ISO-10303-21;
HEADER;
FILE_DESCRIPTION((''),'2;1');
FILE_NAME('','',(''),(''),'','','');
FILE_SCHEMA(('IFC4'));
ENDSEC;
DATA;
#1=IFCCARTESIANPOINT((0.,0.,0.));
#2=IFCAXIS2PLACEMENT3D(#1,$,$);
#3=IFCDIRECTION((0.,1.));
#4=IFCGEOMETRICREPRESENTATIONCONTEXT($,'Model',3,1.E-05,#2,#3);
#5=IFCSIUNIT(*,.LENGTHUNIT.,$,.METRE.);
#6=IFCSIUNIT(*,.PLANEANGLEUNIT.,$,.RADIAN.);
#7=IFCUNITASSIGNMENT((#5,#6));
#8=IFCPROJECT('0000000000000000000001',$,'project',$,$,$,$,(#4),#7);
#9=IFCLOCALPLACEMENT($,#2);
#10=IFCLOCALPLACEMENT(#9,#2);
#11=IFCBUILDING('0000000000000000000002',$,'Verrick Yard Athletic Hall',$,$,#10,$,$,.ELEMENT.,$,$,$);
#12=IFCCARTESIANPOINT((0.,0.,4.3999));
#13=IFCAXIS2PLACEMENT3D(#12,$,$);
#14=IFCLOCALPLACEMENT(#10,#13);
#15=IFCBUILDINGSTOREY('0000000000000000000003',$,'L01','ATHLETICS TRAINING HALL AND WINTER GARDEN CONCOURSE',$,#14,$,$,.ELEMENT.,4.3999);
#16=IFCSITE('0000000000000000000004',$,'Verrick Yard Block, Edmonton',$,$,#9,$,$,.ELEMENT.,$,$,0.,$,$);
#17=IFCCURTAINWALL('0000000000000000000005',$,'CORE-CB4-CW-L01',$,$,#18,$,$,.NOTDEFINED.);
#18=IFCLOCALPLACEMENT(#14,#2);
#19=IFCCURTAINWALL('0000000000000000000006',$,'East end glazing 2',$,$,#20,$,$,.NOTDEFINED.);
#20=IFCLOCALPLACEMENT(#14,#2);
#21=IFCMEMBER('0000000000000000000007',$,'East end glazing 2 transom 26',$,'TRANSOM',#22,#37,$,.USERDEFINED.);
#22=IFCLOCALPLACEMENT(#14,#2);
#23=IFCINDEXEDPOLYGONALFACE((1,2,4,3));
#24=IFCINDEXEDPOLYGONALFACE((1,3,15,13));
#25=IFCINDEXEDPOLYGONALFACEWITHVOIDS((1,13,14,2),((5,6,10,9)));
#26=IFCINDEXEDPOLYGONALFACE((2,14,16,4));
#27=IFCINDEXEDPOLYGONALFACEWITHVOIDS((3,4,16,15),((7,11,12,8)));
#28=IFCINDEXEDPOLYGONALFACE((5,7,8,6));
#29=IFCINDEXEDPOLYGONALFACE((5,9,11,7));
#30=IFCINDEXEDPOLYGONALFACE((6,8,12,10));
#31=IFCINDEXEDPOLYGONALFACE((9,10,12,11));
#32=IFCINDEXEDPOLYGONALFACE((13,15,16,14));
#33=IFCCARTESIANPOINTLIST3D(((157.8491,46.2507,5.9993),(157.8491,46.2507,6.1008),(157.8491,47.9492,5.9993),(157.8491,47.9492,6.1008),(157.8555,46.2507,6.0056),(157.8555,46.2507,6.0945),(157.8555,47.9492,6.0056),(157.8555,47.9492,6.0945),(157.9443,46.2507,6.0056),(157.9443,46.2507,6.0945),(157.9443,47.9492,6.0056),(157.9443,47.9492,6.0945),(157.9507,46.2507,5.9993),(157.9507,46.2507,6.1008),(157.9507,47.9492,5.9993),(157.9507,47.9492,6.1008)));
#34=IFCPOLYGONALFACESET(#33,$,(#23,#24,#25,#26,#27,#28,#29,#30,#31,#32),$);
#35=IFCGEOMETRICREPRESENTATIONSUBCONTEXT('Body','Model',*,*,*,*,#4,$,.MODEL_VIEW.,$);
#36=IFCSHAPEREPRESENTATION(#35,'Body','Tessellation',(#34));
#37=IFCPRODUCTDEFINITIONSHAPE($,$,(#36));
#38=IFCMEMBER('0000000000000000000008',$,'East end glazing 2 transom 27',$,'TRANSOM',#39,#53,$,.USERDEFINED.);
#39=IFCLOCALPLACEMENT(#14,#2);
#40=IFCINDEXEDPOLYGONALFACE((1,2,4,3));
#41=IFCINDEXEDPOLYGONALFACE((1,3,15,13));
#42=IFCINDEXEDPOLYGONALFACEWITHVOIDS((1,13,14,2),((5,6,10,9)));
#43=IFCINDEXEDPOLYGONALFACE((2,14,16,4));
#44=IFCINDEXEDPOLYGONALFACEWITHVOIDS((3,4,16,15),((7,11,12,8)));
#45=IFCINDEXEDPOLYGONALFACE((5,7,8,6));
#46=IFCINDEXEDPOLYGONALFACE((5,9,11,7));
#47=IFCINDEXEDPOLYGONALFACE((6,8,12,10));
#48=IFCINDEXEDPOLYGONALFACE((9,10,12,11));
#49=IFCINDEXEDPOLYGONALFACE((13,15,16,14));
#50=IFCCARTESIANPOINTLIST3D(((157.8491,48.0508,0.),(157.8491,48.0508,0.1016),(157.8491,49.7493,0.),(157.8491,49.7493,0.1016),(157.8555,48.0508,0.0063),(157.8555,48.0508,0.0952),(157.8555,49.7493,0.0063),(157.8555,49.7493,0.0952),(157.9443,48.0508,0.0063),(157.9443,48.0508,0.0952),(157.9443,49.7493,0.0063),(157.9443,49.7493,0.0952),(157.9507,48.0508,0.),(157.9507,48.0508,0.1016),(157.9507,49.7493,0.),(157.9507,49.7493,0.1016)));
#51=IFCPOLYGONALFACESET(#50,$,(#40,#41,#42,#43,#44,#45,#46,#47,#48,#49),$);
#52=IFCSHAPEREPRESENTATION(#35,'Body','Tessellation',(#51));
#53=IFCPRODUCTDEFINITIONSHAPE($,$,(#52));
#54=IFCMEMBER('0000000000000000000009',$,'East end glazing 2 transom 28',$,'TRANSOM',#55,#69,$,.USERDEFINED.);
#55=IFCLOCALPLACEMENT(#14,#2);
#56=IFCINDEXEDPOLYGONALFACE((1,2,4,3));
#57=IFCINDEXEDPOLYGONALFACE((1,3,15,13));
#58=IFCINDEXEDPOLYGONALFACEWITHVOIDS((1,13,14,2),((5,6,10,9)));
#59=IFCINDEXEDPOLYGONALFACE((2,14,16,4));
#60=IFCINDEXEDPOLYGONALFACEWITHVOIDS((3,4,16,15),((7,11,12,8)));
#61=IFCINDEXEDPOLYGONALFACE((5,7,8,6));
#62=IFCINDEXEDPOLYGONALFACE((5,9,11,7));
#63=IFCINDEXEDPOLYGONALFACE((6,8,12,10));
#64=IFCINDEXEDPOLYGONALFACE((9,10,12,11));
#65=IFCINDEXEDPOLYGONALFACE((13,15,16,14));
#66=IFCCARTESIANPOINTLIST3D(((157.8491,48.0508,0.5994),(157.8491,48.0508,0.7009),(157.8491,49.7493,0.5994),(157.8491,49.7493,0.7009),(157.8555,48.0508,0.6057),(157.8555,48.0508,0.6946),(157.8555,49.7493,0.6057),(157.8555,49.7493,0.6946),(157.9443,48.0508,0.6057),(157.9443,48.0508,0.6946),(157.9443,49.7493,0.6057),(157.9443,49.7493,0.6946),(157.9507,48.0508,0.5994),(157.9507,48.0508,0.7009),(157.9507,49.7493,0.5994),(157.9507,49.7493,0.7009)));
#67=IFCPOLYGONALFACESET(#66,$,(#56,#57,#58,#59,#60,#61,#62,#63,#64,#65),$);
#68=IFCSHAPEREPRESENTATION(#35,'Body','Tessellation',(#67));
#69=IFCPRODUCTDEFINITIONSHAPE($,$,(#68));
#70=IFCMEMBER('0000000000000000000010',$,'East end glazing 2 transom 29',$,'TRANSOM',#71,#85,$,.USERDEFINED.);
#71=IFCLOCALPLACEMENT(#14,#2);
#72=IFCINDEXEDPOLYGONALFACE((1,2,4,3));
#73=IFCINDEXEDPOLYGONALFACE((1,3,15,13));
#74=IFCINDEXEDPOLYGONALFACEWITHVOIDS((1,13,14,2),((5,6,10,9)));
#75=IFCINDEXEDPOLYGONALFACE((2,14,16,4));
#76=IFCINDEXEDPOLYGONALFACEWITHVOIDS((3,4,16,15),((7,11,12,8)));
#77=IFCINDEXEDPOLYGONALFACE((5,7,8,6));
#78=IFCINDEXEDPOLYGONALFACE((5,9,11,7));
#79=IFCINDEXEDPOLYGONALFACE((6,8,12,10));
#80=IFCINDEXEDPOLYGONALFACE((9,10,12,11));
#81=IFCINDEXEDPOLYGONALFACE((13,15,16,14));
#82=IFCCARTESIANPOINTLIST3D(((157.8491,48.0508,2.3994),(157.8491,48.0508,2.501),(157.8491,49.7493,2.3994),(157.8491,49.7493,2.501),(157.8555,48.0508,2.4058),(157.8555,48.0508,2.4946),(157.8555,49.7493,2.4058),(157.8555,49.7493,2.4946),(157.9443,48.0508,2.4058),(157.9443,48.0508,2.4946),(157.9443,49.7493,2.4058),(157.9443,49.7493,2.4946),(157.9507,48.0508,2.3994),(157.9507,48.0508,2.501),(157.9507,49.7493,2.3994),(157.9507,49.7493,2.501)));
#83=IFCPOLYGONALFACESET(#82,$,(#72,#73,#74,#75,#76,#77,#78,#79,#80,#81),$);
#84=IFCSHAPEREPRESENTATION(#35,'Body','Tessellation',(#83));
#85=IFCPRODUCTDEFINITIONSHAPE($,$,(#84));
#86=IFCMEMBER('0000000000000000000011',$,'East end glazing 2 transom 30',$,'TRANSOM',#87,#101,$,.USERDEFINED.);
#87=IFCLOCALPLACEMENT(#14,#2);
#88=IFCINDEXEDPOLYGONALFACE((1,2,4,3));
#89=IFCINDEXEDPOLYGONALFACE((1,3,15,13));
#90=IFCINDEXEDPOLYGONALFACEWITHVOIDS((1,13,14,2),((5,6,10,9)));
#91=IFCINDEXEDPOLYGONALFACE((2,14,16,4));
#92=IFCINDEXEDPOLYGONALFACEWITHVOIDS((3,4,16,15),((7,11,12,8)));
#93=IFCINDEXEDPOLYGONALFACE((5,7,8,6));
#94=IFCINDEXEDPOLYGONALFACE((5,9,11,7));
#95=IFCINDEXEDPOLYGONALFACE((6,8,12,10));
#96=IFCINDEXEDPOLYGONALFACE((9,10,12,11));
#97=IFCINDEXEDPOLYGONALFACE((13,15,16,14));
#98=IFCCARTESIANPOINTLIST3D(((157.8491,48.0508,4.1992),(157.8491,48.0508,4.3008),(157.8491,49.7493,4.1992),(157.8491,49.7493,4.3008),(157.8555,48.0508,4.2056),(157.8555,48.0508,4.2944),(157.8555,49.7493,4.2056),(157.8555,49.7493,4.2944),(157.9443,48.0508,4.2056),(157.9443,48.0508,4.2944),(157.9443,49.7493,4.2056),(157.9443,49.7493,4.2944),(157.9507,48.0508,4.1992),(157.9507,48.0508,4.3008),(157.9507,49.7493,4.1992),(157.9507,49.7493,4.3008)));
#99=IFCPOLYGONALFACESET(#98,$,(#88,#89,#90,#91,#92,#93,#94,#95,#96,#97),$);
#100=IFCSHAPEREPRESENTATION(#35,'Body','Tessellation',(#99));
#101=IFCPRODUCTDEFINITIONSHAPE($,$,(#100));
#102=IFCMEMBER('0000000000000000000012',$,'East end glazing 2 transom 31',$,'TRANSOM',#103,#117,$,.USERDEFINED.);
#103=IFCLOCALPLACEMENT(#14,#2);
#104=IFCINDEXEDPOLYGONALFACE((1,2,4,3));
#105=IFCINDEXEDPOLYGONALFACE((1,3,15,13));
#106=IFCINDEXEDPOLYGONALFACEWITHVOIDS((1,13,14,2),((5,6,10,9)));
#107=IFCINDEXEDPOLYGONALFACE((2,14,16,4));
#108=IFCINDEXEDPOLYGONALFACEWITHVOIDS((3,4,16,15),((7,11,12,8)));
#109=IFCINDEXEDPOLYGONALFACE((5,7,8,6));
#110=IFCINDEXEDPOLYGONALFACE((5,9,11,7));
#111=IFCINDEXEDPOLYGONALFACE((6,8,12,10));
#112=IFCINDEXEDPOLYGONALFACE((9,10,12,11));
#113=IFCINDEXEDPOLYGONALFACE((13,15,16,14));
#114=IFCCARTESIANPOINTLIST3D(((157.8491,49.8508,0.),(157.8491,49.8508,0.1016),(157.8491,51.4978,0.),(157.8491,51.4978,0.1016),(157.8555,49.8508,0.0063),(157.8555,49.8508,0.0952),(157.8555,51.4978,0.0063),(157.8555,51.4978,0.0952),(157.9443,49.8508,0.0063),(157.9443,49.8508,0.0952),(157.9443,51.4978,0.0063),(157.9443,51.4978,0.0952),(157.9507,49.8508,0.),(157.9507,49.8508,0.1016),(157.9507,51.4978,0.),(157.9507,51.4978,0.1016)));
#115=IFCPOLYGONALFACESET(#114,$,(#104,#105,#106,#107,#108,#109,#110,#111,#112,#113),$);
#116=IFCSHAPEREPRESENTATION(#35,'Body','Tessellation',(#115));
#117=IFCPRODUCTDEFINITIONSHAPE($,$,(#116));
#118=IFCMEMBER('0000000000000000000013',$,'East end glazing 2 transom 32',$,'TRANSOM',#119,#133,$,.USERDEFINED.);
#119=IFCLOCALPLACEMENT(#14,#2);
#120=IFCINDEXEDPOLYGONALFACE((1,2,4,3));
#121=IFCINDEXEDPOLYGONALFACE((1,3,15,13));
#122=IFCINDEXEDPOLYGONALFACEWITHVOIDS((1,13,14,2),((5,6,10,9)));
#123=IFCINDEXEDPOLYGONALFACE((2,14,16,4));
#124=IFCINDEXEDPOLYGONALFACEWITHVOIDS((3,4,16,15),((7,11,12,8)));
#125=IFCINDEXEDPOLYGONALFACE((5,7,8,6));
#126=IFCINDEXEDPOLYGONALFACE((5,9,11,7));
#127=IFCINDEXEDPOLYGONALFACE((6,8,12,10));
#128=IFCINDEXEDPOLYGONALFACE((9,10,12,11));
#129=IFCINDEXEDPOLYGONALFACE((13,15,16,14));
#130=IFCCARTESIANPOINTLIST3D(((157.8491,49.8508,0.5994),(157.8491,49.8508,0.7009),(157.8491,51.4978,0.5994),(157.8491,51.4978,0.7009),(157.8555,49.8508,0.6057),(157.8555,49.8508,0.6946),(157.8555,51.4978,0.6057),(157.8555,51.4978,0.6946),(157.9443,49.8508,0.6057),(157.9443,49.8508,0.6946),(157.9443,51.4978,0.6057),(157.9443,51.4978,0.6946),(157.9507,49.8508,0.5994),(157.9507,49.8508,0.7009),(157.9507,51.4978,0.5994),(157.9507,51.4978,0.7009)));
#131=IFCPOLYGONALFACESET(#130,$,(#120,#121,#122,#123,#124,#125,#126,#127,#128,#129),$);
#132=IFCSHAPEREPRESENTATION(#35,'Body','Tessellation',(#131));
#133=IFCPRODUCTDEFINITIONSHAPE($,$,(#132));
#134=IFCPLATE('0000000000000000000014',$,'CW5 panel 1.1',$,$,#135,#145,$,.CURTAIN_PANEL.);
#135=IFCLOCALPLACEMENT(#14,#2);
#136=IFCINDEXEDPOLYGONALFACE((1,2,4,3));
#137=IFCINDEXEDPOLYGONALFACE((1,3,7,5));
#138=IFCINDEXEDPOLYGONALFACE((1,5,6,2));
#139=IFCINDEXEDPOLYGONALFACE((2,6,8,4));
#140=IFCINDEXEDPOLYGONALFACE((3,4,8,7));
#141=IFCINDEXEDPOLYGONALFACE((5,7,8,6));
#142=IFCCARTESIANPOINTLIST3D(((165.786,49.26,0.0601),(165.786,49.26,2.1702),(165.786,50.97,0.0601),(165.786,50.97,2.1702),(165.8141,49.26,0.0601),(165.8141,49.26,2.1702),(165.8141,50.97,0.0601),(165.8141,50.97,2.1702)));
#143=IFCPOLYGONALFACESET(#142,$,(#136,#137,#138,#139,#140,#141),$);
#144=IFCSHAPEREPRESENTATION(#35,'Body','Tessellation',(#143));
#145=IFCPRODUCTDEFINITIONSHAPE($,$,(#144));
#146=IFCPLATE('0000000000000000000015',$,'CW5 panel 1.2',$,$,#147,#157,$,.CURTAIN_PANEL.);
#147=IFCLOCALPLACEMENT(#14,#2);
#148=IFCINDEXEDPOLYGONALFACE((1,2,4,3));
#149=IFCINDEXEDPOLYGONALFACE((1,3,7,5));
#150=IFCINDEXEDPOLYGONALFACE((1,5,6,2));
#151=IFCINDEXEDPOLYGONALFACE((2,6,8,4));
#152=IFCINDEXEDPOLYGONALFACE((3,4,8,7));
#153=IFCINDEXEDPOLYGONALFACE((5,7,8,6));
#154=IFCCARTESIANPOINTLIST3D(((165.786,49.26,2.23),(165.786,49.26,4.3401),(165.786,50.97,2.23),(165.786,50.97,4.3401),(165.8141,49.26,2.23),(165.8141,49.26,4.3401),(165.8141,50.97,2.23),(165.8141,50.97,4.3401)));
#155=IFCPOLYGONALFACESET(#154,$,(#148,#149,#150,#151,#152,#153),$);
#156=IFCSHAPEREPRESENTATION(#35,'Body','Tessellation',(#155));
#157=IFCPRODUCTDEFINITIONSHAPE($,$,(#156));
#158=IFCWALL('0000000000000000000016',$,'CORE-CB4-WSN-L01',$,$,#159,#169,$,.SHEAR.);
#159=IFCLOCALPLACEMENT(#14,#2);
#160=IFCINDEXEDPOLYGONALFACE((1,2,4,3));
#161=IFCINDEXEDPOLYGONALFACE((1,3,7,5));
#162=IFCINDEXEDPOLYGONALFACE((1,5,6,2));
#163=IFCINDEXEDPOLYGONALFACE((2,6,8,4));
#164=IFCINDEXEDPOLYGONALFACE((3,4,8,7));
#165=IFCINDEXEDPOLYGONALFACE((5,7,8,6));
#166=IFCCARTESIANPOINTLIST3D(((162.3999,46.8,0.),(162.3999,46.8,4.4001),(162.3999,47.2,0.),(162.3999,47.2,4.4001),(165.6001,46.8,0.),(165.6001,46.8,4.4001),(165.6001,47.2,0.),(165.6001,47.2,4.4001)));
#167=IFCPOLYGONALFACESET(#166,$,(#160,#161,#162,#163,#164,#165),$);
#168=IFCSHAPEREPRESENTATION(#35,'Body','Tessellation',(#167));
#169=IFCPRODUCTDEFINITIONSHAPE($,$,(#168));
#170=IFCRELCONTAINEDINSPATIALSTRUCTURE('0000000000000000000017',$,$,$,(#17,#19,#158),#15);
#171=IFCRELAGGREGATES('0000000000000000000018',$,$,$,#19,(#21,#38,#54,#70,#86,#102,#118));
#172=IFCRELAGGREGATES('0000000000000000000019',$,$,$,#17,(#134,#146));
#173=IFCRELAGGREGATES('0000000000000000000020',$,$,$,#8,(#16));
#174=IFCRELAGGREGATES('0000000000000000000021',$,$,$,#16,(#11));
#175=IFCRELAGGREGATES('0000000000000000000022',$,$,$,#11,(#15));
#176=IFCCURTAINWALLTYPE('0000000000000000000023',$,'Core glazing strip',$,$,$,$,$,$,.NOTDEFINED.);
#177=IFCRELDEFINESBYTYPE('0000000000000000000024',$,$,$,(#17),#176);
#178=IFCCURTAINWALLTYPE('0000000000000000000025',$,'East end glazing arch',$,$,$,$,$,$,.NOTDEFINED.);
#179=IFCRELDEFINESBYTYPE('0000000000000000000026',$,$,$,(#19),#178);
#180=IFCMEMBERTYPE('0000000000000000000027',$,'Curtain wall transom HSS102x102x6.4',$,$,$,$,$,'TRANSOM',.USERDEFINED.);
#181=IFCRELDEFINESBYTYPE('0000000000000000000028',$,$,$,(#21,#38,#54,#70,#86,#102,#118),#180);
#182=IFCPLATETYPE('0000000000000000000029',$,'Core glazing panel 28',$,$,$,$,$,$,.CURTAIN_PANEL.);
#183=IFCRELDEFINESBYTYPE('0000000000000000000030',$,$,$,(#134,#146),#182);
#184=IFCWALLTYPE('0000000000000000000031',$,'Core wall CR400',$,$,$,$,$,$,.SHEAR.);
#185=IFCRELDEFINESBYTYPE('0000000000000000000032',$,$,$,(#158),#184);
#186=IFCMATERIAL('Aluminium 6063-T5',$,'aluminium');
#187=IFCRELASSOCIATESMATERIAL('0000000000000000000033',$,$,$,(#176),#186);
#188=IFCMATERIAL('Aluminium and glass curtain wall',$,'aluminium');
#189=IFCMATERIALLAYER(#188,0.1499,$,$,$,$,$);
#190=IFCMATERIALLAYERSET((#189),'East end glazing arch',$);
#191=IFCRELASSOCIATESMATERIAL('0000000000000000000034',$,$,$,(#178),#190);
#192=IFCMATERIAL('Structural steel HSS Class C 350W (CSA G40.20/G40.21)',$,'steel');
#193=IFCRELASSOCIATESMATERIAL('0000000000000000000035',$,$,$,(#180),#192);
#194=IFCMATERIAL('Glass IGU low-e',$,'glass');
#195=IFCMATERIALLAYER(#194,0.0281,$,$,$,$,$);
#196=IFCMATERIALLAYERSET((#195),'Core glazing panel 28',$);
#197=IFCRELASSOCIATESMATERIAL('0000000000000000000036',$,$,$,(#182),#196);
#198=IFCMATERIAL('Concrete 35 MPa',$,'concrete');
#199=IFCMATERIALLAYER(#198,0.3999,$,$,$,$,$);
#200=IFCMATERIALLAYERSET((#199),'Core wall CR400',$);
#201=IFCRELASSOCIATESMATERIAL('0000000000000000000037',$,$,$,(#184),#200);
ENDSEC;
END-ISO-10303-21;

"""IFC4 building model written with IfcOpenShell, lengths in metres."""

from ifc_helpers import new_model, si_unit, direction, frame, frame_2d, origin, origin_2d, place, context, subcontext, project, spatial, rectangle, hollow_rectangle, extrude, material, layer, layer_set, material_profile, profile_set, type_object, element, aggregate, save


model = new_model("IFC4")

# Units and contexts
model_context = context("Model", 3, precision=1e-05, world=origin(), true_north=direction((0.0, 1.0)))
body_context = subcontext(model_context, "Body", "Model", "MODEL_VIEW")
ifc_project = project(units=[si_unit("LENGTHUNIT", "METRE"), si_unit("PLANEANGLEUNIT", "RADIAN")], contexts=[model_context])

# Site, building, storey
site_placement = place(None, origin())
site = spatial("IfcSite", under=ifc_project, at=site_placement, Name="Verrick Yard Block, Edmonton", CompositionType="ELEMENT", RefElevation=0.0)
building_placement = place(site_placement, origin())
building = spatial("IfcBuilding", under=site, at=building_placement, Name="Verrick Yard Athletic Hall", CompositionType="ELEMENT")
storey_placement = place(building_placement, frame((0.0, 0.0, 4.3999)))
storey = spatial("IfcBuildingStorey", under=building, at=storey_placement, Name="L01", Description="ATHLETICS TRAINING HALL AND WINTER GARDEN CONCOURSE", CompositionType="ELEMENT", Elevation=4.3999)

# Curtain walls, members
ifc_material_1 = material(Name="Aluminium 6063-T5", Category="aluminium")
curtain_wall_type_1 = type_object("IfcCurtainWallType", Name="Core glazing strip", PredefinedType="NOTDEFINED", material=ifc_material_1)
curtain_wall_1_placement = place(storey_placement, origin())
curtain_wall_1 = element("IfcCurtainWall", 1, at=curtain_wall_1_placement, inside=storey, type_object=curtain_wall_type_1, Name="CORE-CB4-CW-L01", PredefinedType="NOTDEFINED")
ifc_material_2 = material(Name="Aluminium and glass curtain wall", Category="aluminium")
ifc_layer_1 = layer(ifc_material_2, 0.1499)
ifc_layer_set_1 = layer_set([ifc_layer_1], Name="East end glazing arch")
curtain_wall_type_2 = type_object("IfcCurtainWallType", Name="East end glazing arch", PredefinedType="NOTDEFINED", material=ifc_layer_set_1)
curtain_wall_2_placement = place(storey_placement, origin())
curtain_wall_2 = element("IfcCurtainWall", 2, at=curtain_wall_2_placement, inside=storey, type_object=curtain_wall_type_2, Name="East end glazing 2", PredefinedType="NOTDEFINED")
ifc_material_3 = material(Name="Structural steel HSS Class C 350W (CSA G40.20/G40.21)", Category="steel")
ifc_material_profile_1 = material_profile(ifc_material_3, hollow_rectangle(XDim=0.1016, YDim=0.1016, WallThickness=0.0063, at=origin_2d()), Name="HSS102x102x6.4")
ifc_profile_set_1 = profile_set([ifc_material_profile_1], Name="Structural steel HSS Class C 350W (CSA G40.20/G40.21)")
member_type_1 = type_object("IfcMemberType", Name="Curtain wall transom HSS102x102x6.4", ElementType="TRANSOM", PredefinedType="USERDEFINED", material=ifc_profile_set_1)
member_1_placement = place(storey_placement, frame((157.8999, 46.2507, 6.05), z_axis=(0.0, 1.0, 0.0), x_axis=(-1.0, 0.0, 0.0)))
member_1 = element("IfcMember", 3, at=member_1_placement, type_object=member_type_1, Name="East end glazing 2 transom 26", ObjectType="TRANSOM", PredefinedType="USERDEFINED", context=body_context, shape_type="SweptSolid", body=[
    extrude(hollow_rectangle(XDim=0.1016, YDim=0.1016, WallThickness=0.0063, at=origin_2d()), origin(), (0.0, 0.0, 1.0), 1.6985),
])
member_2_placement = place(storey_placement, frame((157.8999, 48.0508, 0.0508), z_axis=(0.0, 1.0, 0.0), x_axis=(-1.0, 0.0, 0.0)))
member_2 = element("IfcMember", 4, at=member_2_placement, type_object=member_type_1, Name="East end glazing 2 transom 27", ObjectType="TRANSOM", PredefinedType="USERDEFINED", context=body_context, shape_type="SweptSolid", body=[
    extrude(hollow_rectangle(XDim=0.1016, YDim=0.1016, WallThickness=0.0063, at=origin_2d()), origin(), (0.0, 0.0, 1.0), 1.6985),
])
member_3_placement = place(storey_placement, frame((157.8999, 48.0508, 0.6501), z_axis=(0.0, 1.0, 0.0), x_axis=(-1.0, 0.0, 0.0)))
member_3 = element("IfcMember", 5, at=member_3_placement, type_object=member_type_1, Name="East end glazing 2 transom 28", ObjectType="TRANSOM", PredefinedType="USERDEFINED", context=body_context, shape_type="SweptSolid", body=[
    extrude(hollow_rectangle(XDim=0.1016, YDim=0.1016, WallThickness=0.0063, at=origin_2d()), origin(), (0.0, 0.0, 1.0), 1.6985),
])
member_4_placement = place(storey_placement, frame((157.8999, 48.0508, 2.4502), z_axis=(0.0, 1.0, 0.0), x_axis=(-1.0, 0.0, 0.0)))
member_4 = element("IfcMember", 6, at=member_4_placement, type_object=member_type_1, Name="East end glazing 2 transom 29", ObjectType="TRANSOM", PredefinedType="USERDEFINED", context=body_context, shape_type="SweptSolid", body=[
    extrude(hollow_rectangle(XDim=0.1016, YDim=0.1016, WallThickness=0.0063, at=origin_2d()), origin(), (0.0, 0.0, 1.0), 1.6985),
])
member_5_placement = place(storey_placement, frame((157.8999, 48.0508, 4.25), z_axis=(0.0, 1.0, 0.0), x_axis=(-1.0, 0.0, 0.0)))
member_5 = element("IfcMember", 7, at=member_5_placement, type_object=member_type_1, Name="East end glazing 2 transom 30", ObjectType="TRANSOM", PredefinedType="USERDEFINED", context=body_context, shape_type="SweptSolid", body=[
    extrude(hollow_rectangle(XDim=0.1016, YDim=0.1016, WallThickness=0.0063, at=origin_2d()), origin(), (0.0, 0.0, 1.0), 1.6985),
])
member_6_placement = place(storey_placement, frame((157.8999, 49.8508, 0.0508), z_axis=(0.0, 1.0, 0.0), x_axis=(-1.0, 0.0, 0.0)))
member_6 = element("IfcMember", 8, at=member_6_placement, type_object=member_type_1, Name="East end glazing 2 transom 31", ObjectType="TRANSOM", PredefinedType="USERDEFINED", context=body_context, shape_type="SweptSolid", body=[
    extrude(hollow_rectangle(XDim=0.1016, YDim=0.1016, WallThickness=0.0063, at=origin_2d()), origin(), (0.0, 0.0, 1.0), 1.647),
])
member_7_placement = place(storey_placement, frame((157.8999, 49.8508, 0.6501), z_axis=(0.0, 1.0, 0.0), x_axis=(-1.0, 0.0, 0.0)))
member_7 = element("IfcMember", 9, at=member_7_placement, type_object=member_type_1, Name="East end glazing 2 transom 32", ObjectType="TRANSOM", PredefinedType="USERDEFINED", context=body_context, shape_type="SweptSolid", body=[
    extrude(hollow_rectangle(XDim=0.1016, YDim=0.1016, WallThickness=0.0063, at=origin_2d()), origin(), (0.0, 0.0, 1.0), 1.647),
])
aggregate(curtain_wall_2, [member_1, member_2, member_3, member_4, member_5, member_6, member_7])

# Plates
ifc_material_4 = material(Name="Glass IGU low-e", Category="glass")
ifc_layer_2 = layer(ifc_material_4, 0.0281)
ifc_layer_set_2 = layer_set([ifc_layer_2], Name="Core glazing panel 28")
plate_type = type_object("IfcPlateType", Name="Core glazing panel 28", PredefinedType="CURTAIN_PANEL", material=ifc_layer_set_2)
plate_1_placement = place(storey_placement, frame((165.8, 50.115, 0.0601), z_axis=(0.0, 0.0, 1.0), x_axis=(0.0, 1.0, 0.0)))
plate_1 = element("IfcPlate", 10, at=plate_1_placement, type_object=plate_type, Name="CW5 panel 1.1", PredefinedType="CURTAIN_PANEL", context=body_context, shape_type="SweptSolid", body=[
    extrude(rectangle(XDim=1.71, YDim=0.0281, at=origin_2d()), origin(), (0.0, 0.0, 1.0), 2.1101),
])
plate_2_placement = place(storey_placement, frame((165.8, 50.115, 2.23), z_axis=(0.0, 0.0, 1.0), x_axis=(0.0, 1.0, 0.0)))
plate_2 = element("IfcPlate", 11, at=plate_2_placement, type_object=plate_type, Name="CW5 panel 1.2", PredefinedType="CURTAIN_PANEL", context=body_context, shape_type="SweptSolid", body=[
    extrude(rectangle(XDim=1.71, YDim=0.0281, at=origin_2d()), origin(), (0.0, 0.0, 1.0), 2.1101),
])
aggregate(curtain_wall_1, [plate_1, plate_2])

# Wall
ifc_material_5 = material(Name="Concrete 35 MPa", Category="concrete")
ifc_layer_3 = layer(ifc_material_5, 0.3999)
ifc_layer_set_3 = layer_set([ifc_layer_3], Name="Core wall CR400")
wall_type_1 = type_object("IfcWallType", Name="Core wall CR400", PredefinedType="SHEAR", material=ifc_layer_set_3)
wall_1_placement = place(storey_placement, frame((162.3999, 47.0, 0.0), z_axis=(0.0, 0.0, 1.0), x_axis=(1.0, 0.0, 0.0)))
element("IfcWall", 12, at=wall_1_placement, inside=storey, type_object=wall_type_1, Name="CORE-CB4-WSN-L01", PredefinedType="SHEAR", context=body_context, shape_type="SweptSolid", body=[
    extrude(rectangle(XDim=3.2002, YDim=0.3999, at=frame_2d((1.6001, 0.0))), origin(), (0.0, 0.0, 1.0), 4.4001),
])

save(model, "model.ifc")
